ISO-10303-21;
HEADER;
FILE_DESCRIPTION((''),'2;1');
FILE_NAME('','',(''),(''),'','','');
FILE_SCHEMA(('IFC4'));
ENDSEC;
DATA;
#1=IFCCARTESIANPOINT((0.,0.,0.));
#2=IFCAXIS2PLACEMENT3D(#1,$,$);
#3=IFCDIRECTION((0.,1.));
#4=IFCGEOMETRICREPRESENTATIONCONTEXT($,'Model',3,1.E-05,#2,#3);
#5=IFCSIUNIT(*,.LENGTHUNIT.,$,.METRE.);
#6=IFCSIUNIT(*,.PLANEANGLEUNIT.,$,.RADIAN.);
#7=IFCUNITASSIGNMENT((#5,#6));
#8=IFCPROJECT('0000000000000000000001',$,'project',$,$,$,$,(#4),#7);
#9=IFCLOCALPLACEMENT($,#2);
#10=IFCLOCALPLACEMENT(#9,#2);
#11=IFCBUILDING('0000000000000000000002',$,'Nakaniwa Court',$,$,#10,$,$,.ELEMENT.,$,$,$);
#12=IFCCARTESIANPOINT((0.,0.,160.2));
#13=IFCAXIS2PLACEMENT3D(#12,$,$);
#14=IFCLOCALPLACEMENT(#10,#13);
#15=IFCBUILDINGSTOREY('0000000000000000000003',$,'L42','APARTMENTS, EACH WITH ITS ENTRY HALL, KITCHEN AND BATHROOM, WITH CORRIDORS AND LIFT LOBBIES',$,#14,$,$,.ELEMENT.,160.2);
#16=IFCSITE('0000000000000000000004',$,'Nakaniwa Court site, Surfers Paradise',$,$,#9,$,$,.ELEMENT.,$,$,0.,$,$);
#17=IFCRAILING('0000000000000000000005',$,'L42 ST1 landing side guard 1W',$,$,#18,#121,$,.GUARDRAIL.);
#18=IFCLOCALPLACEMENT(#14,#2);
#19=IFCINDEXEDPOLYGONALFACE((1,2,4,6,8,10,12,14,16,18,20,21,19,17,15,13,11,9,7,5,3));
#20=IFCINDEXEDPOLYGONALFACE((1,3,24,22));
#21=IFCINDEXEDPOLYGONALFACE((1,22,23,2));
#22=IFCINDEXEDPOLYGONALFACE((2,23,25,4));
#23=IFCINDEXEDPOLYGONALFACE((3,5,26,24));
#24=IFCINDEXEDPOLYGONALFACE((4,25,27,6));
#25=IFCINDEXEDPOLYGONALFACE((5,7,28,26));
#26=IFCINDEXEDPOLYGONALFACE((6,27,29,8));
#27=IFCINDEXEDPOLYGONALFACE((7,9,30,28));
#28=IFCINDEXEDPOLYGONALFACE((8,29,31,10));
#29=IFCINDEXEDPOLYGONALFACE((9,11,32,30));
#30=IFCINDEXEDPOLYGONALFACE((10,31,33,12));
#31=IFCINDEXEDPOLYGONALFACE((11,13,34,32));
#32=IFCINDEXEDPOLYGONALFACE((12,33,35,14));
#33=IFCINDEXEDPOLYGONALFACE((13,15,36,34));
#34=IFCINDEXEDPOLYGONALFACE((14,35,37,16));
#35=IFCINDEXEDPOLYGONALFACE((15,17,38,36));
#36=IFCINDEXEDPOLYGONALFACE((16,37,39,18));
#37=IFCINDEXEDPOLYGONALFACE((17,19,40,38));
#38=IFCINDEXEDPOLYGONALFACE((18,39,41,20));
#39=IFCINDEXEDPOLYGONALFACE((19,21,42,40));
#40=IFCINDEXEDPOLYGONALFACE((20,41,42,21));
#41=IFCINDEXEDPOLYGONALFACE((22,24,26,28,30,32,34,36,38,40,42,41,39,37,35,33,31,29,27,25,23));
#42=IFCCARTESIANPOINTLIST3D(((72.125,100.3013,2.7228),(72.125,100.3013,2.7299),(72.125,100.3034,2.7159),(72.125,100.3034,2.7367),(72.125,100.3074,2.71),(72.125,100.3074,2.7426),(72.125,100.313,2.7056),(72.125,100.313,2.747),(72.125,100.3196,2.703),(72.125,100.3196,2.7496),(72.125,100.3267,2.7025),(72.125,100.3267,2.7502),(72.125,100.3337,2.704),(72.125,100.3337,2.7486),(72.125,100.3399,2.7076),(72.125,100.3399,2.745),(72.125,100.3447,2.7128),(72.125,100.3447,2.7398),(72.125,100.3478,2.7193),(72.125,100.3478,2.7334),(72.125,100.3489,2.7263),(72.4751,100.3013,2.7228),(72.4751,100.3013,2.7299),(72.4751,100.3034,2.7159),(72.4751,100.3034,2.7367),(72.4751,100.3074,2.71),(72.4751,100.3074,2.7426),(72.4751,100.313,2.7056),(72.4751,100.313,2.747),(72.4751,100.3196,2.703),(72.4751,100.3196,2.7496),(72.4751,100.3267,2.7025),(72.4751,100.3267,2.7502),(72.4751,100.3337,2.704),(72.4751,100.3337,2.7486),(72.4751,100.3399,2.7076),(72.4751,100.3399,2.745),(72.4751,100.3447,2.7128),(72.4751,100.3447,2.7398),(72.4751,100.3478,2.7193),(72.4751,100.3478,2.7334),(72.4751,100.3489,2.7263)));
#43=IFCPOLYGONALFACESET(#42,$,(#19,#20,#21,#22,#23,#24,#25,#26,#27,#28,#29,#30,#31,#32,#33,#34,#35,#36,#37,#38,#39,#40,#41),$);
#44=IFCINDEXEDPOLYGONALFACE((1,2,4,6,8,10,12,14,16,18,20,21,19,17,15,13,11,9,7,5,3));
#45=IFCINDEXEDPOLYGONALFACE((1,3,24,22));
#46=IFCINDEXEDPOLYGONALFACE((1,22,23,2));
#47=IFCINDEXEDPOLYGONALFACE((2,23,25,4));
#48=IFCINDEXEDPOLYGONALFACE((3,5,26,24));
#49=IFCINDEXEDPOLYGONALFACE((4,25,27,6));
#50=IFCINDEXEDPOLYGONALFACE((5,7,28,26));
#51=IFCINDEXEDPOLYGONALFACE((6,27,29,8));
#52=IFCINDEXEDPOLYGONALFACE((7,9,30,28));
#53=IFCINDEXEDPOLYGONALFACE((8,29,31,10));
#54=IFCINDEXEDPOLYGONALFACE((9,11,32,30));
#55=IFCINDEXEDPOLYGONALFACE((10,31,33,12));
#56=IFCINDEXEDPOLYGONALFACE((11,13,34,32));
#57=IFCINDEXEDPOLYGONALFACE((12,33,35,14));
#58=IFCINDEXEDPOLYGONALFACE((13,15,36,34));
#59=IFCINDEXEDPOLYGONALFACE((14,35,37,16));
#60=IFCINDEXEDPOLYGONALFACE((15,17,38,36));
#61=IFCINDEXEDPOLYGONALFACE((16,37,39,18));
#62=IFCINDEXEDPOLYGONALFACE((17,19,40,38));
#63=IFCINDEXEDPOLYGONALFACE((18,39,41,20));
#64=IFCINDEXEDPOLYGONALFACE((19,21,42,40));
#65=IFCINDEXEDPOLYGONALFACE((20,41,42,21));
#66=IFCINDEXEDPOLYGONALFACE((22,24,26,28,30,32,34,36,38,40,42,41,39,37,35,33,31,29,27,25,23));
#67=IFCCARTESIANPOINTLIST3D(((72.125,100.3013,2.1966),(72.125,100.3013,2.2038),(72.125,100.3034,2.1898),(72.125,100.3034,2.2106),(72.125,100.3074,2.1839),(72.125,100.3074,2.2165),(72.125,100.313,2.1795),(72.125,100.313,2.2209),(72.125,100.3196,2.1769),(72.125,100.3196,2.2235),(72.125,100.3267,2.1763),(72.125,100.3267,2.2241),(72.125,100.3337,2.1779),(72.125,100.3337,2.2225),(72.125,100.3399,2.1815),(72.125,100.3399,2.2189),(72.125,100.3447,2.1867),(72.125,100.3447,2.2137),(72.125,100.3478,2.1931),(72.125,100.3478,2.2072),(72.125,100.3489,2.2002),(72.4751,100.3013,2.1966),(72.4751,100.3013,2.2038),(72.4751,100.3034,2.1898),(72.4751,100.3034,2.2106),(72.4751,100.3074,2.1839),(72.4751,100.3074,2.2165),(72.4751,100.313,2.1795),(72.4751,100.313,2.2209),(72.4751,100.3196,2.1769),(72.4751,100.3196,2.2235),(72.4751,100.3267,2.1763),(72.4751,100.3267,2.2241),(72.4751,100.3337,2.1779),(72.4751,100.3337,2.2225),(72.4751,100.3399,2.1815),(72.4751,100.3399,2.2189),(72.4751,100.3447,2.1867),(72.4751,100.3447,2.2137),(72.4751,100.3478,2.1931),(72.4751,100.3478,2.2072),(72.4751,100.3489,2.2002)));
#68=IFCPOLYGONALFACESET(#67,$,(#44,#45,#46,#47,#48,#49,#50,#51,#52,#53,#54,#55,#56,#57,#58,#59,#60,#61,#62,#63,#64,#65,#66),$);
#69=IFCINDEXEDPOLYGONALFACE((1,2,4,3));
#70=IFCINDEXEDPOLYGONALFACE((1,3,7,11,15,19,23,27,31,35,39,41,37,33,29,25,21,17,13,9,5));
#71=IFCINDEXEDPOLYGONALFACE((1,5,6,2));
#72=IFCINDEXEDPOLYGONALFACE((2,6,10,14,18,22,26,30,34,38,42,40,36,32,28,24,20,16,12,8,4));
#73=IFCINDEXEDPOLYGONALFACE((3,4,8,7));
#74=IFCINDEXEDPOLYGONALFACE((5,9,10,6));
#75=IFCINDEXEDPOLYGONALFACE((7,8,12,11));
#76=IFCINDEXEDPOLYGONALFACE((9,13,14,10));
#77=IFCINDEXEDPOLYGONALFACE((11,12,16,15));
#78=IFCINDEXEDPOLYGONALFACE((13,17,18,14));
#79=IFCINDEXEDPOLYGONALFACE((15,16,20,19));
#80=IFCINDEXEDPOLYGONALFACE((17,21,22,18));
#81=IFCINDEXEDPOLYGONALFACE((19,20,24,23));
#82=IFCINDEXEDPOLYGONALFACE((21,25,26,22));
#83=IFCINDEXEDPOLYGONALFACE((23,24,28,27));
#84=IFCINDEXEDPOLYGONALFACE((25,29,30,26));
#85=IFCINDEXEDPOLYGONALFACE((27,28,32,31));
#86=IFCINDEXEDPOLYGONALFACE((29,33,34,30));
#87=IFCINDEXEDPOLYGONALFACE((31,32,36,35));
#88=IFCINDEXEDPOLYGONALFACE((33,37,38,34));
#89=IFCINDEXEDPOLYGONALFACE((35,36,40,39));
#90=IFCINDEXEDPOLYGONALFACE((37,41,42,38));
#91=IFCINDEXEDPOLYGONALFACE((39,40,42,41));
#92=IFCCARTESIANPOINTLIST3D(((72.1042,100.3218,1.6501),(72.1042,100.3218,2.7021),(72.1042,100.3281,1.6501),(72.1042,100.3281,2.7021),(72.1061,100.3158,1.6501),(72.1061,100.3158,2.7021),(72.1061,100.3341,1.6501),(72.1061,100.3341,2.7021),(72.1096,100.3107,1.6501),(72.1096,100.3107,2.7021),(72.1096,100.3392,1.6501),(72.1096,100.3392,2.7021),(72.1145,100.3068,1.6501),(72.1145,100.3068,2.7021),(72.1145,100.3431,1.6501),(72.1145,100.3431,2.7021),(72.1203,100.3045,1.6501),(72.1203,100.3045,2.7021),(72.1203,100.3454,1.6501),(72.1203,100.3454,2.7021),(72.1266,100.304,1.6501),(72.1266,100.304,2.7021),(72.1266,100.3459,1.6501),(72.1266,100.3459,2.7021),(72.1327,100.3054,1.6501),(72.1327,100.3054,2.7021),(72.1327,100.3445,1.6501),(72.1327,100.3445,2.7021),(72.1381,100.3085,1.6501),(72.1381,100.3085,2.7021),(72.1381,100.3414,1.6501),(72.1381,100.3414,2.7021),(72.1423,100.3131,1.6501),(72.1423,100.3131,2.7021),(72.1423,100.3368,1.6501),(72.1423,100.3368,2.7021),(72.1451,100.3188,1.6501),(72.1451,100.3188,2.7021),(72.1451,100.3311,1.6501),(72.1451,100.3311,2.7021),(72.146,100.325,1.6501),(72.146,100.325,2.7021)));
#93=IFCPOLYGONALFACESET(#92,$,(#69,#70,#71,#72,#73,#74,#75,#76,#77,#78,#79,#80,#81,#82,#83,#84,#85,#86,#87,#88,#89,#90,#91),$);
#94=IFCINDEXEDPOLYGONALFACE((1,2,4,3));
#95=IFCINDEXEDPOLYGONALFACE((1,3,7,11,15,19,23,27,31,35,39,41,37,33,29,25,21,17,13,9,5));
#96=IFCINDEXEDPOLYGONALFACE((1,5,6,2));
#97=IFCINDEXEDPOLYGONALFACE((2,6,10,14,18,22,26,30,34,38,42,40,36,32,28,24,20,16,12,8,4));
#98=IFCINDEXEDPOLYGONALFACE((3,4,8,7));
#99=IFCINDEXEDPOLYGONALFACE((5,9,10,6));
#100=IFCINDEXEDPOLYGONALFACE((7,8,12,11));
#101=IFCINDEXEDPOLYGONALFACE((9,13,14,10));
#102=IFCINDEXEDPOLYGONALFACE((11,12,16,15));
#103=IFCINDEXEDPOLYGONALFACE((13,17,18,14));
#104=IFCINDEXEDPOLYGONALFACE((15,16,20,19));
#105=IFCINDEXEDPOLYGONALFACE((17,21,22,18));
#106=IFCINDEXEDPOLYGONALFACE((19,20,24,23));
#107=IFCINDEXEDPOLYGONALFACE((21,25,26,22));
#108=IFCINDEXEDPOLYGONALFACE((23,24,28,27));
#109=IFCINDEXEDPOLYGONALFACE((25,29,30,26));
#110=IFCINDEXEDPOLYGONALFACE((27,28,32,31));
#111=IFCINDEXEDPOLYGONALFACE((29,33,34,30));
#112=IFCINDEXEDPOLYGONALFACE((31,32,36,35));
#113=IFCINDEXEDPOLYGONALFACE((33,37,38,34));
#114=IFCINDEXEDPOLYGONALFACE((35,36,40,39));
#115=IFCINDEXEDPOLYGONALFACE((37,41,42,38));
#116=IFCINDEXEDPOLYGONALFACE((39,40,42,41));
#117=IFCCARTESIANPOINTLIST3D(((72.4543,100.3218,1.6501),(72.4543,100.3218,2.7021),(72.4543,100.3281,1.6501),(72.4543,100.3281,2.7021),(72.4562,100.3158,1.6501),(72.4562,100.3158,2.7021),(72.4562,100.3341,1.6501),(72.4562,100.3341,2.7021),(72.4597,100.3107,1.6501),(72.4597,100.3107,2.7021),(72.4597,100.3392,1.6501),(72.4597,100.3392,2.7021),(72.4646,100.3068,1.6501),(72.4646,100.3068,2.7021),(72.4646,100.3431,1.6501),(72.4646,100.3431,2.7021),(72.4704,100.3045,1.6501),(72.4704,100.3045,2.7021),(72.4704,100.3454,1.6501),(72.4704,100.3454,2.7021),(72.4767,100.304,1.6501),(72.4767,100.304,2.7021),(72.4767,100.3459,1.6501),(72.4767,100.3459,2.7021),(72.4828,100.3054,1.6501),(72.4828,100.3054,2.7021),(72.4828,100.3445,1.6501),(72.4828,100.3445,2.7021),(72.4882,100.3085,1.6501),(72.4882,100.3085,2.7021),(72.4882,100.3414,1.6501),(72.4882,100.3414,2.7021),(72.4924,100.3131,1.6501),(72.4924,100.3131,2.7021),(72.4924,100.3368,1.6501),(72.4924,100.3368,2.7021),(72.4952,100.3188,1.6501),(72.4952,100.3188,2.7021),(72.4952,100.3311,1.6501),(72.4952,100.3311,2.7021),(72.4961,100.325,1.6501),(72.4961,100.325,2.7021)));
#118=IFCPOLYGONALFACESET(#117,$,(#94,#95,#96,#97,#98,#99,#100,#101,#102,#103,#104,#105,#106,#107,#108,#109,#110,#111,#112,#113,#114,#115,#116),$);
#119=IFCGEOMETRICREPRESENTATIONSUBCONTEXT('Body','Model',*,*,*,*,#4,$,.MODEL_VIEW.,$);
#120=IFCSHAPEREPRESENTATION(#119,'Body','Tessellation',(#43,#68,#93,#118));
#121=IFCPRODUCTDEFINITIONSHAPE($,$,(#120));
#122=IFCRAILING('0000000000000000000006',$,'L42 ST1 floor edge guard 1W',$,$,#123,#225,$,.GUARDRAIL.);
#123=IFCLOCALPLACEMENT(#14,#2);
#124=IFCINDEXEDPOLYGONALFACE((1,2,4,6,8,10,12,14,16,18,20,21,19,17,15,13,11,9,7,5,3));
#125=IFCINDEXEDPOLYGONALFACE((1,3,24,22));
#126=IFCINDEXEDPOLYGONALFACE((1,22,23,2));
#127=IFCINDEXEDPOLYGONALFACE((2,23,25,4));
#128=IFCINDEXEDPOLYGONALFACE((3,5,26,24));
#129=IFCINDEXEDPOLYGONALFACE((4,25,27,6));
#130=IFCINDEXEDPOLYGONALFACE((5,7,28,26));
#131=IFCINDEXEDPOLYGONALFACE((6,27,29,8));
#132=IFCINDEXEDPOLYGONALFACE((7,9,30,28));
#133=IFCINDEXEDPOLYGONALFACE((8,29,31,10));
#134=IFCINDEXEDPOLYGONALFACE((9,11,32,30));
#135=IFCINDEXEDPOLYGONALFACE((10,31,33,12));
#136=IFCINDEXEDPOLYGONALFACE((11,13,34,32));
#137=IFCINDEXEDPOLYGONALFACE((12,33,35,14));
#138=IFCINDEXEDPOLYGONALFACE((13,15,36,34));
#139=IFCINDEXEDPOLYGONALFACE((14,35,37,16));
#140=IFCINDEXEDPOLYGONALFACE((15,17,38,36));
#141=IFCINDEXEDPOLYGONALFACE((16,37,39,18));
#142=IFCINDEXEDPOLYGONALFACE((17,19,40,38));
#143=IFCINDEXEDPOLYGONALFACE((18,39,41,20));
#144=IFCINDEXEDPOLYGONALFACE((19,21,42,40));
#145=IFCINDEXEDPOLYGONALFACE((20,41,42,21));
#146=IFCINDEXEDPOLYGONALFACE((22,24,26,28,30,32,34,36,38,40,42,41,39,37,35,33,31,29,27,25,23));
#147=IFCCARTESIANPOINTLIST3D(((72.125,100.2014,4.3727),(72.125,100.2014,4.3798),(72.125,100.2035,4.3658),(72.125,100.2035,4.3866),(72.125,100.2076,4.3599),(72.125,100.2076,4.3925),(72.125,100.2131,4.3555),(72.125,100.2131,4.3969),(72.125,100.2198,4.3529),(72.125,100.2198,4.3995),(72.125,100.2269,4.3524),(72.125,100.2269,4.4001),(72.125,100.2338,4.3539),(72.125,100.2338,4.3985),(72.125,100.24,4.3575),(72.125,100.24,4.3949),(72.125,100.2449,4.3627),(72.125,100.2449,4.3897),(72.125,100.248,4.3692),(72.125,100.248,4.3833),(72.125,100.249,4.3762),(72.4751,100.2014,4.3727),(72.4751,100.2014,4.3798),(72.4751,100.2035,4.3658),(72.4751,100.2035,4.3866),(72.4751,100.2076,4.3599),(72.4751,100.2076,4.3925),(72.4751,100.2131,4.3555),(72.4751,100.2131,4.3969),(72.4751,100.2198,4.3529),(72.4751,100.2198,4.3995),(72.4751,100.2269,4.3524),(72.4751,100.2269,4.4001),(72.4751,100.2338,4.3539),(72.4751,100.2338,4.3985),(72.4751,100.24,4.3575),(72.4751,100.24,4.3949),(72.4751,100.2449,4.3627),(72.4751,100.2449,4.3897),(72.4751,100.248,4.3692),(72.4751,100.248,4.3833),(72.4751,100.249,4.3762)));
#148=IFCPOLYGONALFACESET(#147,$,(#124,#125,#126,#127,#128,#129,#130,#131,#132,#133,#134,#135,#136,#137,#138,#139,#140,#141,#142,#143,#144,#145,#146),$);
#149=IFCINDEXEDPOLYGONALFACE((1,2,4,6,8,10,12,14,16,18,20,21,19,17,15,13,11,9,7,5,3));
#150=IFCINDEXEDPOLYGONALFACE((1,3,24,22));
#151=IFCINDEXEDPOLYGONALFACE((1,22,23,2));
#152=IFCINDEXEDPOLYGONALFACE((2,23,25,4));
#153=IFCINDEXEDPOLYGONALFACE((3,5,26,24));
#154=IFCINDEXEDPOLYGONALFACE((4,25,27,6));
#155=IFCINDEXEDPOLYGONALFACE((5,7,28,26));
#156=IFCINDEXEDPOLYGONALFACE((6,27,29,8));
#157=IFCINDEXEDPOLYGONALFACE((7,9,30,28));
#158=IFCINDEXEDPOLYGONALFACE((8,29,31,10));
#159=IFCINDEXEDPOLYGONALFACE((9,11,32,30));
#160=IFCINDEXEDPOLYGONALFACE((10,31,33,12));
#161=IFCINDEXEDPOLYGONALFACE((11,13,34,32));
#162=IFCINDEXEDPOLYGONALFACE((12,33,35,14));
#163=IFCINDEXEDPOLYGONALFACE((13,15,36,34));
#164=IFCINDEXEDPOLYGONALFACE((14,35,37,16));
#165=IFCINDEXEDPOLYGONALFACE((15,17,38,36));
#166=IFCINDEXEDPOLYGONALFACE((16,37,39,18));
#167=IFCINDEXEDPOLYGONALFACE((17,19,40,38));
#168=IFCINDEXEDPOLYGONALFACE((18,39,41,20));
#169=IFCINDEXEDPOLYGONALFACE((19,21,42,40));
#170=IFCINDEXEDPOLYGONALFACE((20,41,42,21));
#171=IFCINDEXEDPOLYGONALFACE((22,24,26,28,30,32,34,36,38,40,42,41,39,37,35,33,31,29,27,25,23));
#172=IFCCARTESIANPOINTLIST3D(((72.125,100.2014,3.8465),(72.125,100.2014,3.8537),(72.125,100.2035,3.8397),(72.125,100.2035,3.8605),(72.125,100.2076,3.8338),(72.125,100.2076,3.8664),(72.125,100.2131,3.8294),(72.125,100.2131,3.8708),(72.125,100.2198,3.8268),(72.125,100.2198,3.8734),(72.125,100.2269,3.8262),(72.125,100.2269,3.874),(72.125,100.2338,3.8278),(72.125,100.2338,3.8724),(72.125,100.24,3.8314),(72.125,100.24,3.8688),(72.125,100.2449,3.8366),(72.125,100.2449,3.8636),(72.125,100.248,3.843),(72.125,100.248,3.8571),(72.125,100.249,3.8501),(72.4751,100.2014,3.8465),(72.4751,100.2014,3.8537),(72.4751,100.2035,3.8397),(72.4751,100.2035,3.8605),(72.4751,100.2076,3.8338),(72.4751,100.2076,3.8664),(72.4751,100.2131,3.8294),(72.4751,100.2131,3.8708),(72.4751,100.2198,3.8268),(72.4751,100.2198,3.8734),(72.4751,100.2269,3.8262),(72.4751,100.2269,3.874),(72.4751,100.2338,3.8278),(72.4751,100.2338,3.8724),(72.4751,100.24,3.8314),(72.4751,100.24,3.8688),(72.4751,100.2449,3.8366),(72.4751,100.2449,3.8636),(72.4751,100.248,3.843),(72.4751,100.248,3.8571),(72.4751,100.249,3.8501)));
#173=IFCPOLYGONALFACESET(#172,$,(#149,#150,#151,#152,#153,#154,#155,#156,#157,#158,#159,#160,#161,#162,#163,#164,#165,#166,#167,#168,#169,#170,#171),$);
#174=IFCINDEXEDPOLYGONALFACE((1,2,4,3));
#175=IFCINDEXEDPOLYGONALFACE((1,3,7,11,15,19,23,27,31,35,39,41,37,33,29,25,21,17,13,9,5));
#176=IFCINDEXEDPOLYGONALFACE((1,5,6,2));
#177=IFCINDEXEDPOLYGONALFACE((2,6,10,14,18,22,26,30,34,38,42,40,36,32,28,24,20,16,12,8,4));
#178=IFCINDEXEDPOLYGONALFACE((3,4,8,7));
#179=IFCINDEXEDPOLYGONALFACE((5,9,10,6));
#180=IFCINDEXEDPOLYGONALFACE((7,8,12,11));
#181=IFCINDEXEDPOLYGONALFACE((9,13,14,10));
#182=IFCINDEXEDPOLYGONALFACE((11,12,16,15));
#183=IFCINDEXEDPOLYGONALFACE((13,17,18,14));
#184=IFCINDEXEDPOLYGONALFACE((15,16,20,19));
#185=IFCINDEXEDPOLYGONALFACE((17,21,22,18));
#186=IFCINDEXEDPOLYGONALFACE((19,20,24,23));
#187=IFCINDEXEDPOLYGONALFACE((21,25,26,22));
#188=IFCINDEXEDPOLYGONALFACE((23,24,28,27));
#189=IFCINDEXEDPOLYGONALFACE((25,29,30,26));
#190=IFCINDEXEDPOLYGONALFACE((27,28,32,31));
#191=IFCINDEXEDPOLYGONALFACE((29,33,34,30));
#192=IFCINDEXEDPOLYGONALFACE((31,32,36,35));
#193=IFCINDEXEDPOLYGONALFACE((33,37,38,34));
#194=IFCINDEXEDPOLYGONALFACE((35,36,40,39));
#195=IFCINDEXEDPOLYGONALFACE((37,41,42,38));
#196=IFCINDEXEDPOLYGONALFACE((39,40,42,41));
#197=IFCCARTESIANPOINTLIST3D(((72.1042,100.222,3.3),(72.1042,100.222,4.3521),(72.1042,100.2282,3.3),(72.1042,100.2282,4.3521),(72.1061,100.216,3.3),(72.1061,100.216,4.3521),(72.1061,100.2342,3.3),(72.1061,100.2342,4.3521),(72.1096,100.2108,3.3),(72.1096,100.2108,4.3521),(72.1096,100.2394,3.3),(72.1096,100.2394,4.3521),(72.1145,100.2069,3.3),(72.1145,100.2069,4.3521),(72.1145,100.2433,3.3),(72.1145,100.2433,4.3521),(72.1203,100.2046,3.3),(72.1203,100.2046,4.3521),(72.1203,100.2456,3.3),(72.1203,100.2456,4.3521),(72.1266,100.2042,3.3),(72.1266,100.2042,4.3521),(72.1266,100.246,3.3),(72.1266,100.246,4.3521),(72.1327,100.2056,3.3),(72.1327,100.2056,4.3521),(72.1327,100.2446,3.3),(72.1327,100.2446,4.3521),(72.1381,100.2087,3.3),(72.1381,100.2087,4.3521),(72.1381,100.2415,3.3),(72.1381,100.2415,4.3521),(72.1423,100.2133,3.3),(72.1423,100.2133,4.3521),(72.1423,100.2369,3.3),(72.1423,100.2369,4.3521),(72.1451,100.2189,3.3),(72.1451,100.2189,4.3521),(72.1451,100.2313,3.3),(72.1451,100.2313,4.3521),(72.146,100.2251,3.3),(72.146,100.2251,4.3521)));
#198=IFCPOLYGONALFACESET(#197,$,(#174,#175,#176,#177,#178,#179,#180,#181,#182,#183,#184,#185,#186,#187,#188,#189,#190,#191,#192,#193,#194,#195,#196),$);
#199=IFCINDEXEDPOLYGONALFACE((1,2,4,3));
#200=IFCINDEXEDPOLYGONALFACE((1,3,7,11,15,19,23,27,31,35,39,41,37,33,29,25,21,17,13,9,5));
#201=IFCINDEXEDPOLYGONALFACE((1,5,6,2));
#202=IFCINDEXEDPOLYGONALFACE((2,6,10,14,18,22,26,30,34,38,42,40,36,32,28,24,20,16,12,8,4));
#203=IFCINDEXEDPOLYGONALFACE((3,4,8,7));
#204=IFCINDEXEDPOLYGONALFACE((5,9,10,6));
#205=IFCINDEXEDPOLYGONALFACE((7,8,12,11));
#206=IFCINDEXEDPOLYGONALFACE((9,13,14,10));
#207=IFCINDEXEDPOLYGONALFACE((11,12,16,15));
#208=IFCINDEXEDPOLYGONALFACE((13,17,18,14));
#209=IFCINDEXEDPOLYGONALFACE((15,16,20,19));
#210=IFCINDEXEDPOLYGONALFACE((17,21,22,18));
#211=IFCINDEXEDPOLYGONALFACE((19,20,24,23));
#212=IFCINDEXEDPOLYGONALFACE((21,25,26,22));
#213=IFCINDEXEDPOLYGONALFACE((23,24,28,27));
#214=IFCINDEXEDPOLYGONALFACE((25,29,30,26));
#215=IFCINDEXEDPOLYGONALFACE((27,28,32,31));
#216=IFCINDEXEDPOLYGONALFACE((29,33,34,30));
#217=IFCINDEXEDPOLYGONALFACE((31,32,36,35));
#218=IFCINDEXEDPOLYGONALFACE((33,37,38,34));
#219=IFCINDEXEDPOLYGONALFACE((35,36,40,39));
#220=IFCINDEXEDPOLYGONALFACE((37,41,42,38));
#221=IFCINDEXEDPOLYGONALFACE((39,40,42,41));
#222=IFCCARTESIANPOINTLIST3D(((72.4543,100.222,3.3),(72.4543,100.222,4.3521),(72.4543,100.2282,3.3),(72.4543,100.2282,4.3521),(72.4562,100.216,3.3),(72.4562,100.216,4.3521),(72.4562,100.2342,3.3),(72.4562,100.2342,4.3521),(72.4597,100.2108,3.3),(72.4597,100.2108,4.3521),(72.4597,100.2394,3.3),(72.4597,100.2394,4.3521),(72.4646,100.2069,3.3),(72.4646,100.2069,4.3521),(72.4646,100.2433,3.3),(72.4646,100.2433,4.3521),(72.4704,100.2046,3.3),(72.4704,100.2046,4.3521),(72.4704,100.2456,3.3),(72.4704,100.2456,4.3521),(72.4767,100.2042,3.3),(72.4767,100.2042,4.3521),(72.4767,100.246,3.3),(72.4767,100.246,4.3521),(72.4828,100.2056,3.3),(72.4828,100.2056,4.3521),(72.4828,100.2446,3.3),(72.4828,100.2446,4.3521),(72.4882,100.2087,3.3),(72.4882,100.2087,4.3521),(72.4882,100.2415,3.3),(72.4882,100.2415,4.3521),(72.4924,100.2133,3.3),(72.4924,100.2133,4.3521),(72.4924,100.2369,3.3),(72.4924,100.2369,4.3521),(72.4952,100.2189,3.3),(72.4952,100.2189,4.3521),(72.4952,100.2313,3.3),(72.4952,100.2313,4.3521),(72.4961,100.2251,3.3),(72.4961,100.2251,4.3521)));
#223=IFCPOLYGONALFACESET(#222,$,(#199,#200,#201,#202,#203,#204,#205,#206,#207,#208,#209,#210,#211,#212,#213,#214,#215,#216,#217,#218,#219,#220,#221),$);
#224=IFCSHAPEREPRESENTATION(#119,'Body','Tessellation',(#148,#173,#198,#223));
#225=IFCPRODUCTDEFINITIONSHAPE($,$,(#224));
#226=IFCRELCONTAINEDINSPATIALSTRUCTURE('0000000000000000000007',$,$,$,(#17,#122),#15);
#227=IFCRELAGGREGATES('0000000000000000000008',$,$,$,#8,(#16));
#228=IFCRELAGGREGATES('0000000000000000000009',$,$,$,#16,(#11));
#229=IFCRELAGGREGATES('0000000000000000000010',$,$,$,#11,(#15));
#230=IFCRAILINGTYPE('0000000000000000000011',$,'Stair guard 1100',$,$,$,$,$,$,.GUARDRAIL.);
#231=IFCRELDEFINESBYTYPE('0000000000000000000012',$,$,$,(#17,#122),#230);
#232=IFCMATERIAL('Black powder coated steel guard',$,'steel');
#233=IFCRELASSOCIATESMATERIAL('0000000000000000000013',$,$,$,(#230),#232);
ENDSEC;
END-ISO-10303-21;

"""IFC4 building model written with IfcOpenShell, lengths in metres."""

from ifc_helpers import new_model, si_unit, direction, frame, origin, origin_2d, place, context, subcontext, project, spatial, circle, extrude, material, type_object, element, save


model = new_model("IFC4")

# Units and contexts
model_context = context("Model", 3, precision=1e-05, world=origin(), true_north=direction((0.0, 1.0)))
body_context = subcontext(model_context, "Body", "Model", "MODEL_VIEW")
ifc_project = project(units=[si_unit("LENGTHUNIT", "METRE"), si_unit("PLANEANGLEUNIT", "RADIAN")], contexts=[model_context])

# Site, building, storey
site_placement = place(None, origin())
site = spatial("IfcSite", under=ifc_project, at=site_placement, Name="Nakaniwa Court site, Surfers Paradise", CompositionType="ELEMENT", RefElevation=0.0)
building_placement = place(site_placement, origin())
building = spatial("IfcBuilding", under=site, at=building_placement, Name="Nakaniwa Court", CompositionType="ELEMENT")
storey_placement = place(building_placement, frame((0.0, 0.0, 160.2)))
storey = spatial("IfcBuildingStorey", under=building, at=storey_placement, Name="L42", Description="APARTMENTS, EACH WITH ITS ENTRY HALL, KITCHEN AND BATHROOM, WITH CORRIDORS AND LIFT LOBBIES", CompositionType="ELEMENT", Elevation=160.2)

# Railings
ifc_material_1 = material(Name="Black powder coated steel guard", Category="steel")
railing_type_1 = type_object("IfcRailingType", Name="Stair guard 1100", PredefinedType="GUARDRAIL", material=ifc_material_1)
for number, where, name in (
    (1, (72.125, 100.325, 1.6501), "L42 ST1 landing side guard 1W"),
    (2, (72.125, 100.2251, 3.3), "L42 ST1 floor edge guard 1W"),
):
    element("IfcRailing", number, at=place(storey_placement, frame(where)), inside=storey, type_object=railing_type_1, Name=name, PredefinedType="GUARDRAIL", context=body_context, shape_type="SweptSolid", body=[
        extrude(circle(Radius=0.0239, at=origin_2d()), frame((0.0, 0.0, 1.0762), z_axis=(1.0, 0.0, 0.0), x_axis=(0.0, 1.0, 0.0)), (0.0, 0.0, 1.0), 0.3501),
        extrude(circle(Radius=0.0239, at=origin_2d()), frame((0.0, 0.0, 0.55), z_axis=(1.0, 0.0, 0.0), x_axis=(0.0, 1.0, 0.0)), (0.0, 0.0, 1.0), 0.3501),
        extrude(circle(Radius=0.021, at=origin_2d()), origin(), (0.0, 0.0, 1.0), 1.052),
        extrude(circle(Radius=0.021, at=origin_2d()), frame((0.3501, 0.0, 0.0)), (0.0, 0.0, 1.0), 1.052),
    ])

save(model, "model.ifc")
